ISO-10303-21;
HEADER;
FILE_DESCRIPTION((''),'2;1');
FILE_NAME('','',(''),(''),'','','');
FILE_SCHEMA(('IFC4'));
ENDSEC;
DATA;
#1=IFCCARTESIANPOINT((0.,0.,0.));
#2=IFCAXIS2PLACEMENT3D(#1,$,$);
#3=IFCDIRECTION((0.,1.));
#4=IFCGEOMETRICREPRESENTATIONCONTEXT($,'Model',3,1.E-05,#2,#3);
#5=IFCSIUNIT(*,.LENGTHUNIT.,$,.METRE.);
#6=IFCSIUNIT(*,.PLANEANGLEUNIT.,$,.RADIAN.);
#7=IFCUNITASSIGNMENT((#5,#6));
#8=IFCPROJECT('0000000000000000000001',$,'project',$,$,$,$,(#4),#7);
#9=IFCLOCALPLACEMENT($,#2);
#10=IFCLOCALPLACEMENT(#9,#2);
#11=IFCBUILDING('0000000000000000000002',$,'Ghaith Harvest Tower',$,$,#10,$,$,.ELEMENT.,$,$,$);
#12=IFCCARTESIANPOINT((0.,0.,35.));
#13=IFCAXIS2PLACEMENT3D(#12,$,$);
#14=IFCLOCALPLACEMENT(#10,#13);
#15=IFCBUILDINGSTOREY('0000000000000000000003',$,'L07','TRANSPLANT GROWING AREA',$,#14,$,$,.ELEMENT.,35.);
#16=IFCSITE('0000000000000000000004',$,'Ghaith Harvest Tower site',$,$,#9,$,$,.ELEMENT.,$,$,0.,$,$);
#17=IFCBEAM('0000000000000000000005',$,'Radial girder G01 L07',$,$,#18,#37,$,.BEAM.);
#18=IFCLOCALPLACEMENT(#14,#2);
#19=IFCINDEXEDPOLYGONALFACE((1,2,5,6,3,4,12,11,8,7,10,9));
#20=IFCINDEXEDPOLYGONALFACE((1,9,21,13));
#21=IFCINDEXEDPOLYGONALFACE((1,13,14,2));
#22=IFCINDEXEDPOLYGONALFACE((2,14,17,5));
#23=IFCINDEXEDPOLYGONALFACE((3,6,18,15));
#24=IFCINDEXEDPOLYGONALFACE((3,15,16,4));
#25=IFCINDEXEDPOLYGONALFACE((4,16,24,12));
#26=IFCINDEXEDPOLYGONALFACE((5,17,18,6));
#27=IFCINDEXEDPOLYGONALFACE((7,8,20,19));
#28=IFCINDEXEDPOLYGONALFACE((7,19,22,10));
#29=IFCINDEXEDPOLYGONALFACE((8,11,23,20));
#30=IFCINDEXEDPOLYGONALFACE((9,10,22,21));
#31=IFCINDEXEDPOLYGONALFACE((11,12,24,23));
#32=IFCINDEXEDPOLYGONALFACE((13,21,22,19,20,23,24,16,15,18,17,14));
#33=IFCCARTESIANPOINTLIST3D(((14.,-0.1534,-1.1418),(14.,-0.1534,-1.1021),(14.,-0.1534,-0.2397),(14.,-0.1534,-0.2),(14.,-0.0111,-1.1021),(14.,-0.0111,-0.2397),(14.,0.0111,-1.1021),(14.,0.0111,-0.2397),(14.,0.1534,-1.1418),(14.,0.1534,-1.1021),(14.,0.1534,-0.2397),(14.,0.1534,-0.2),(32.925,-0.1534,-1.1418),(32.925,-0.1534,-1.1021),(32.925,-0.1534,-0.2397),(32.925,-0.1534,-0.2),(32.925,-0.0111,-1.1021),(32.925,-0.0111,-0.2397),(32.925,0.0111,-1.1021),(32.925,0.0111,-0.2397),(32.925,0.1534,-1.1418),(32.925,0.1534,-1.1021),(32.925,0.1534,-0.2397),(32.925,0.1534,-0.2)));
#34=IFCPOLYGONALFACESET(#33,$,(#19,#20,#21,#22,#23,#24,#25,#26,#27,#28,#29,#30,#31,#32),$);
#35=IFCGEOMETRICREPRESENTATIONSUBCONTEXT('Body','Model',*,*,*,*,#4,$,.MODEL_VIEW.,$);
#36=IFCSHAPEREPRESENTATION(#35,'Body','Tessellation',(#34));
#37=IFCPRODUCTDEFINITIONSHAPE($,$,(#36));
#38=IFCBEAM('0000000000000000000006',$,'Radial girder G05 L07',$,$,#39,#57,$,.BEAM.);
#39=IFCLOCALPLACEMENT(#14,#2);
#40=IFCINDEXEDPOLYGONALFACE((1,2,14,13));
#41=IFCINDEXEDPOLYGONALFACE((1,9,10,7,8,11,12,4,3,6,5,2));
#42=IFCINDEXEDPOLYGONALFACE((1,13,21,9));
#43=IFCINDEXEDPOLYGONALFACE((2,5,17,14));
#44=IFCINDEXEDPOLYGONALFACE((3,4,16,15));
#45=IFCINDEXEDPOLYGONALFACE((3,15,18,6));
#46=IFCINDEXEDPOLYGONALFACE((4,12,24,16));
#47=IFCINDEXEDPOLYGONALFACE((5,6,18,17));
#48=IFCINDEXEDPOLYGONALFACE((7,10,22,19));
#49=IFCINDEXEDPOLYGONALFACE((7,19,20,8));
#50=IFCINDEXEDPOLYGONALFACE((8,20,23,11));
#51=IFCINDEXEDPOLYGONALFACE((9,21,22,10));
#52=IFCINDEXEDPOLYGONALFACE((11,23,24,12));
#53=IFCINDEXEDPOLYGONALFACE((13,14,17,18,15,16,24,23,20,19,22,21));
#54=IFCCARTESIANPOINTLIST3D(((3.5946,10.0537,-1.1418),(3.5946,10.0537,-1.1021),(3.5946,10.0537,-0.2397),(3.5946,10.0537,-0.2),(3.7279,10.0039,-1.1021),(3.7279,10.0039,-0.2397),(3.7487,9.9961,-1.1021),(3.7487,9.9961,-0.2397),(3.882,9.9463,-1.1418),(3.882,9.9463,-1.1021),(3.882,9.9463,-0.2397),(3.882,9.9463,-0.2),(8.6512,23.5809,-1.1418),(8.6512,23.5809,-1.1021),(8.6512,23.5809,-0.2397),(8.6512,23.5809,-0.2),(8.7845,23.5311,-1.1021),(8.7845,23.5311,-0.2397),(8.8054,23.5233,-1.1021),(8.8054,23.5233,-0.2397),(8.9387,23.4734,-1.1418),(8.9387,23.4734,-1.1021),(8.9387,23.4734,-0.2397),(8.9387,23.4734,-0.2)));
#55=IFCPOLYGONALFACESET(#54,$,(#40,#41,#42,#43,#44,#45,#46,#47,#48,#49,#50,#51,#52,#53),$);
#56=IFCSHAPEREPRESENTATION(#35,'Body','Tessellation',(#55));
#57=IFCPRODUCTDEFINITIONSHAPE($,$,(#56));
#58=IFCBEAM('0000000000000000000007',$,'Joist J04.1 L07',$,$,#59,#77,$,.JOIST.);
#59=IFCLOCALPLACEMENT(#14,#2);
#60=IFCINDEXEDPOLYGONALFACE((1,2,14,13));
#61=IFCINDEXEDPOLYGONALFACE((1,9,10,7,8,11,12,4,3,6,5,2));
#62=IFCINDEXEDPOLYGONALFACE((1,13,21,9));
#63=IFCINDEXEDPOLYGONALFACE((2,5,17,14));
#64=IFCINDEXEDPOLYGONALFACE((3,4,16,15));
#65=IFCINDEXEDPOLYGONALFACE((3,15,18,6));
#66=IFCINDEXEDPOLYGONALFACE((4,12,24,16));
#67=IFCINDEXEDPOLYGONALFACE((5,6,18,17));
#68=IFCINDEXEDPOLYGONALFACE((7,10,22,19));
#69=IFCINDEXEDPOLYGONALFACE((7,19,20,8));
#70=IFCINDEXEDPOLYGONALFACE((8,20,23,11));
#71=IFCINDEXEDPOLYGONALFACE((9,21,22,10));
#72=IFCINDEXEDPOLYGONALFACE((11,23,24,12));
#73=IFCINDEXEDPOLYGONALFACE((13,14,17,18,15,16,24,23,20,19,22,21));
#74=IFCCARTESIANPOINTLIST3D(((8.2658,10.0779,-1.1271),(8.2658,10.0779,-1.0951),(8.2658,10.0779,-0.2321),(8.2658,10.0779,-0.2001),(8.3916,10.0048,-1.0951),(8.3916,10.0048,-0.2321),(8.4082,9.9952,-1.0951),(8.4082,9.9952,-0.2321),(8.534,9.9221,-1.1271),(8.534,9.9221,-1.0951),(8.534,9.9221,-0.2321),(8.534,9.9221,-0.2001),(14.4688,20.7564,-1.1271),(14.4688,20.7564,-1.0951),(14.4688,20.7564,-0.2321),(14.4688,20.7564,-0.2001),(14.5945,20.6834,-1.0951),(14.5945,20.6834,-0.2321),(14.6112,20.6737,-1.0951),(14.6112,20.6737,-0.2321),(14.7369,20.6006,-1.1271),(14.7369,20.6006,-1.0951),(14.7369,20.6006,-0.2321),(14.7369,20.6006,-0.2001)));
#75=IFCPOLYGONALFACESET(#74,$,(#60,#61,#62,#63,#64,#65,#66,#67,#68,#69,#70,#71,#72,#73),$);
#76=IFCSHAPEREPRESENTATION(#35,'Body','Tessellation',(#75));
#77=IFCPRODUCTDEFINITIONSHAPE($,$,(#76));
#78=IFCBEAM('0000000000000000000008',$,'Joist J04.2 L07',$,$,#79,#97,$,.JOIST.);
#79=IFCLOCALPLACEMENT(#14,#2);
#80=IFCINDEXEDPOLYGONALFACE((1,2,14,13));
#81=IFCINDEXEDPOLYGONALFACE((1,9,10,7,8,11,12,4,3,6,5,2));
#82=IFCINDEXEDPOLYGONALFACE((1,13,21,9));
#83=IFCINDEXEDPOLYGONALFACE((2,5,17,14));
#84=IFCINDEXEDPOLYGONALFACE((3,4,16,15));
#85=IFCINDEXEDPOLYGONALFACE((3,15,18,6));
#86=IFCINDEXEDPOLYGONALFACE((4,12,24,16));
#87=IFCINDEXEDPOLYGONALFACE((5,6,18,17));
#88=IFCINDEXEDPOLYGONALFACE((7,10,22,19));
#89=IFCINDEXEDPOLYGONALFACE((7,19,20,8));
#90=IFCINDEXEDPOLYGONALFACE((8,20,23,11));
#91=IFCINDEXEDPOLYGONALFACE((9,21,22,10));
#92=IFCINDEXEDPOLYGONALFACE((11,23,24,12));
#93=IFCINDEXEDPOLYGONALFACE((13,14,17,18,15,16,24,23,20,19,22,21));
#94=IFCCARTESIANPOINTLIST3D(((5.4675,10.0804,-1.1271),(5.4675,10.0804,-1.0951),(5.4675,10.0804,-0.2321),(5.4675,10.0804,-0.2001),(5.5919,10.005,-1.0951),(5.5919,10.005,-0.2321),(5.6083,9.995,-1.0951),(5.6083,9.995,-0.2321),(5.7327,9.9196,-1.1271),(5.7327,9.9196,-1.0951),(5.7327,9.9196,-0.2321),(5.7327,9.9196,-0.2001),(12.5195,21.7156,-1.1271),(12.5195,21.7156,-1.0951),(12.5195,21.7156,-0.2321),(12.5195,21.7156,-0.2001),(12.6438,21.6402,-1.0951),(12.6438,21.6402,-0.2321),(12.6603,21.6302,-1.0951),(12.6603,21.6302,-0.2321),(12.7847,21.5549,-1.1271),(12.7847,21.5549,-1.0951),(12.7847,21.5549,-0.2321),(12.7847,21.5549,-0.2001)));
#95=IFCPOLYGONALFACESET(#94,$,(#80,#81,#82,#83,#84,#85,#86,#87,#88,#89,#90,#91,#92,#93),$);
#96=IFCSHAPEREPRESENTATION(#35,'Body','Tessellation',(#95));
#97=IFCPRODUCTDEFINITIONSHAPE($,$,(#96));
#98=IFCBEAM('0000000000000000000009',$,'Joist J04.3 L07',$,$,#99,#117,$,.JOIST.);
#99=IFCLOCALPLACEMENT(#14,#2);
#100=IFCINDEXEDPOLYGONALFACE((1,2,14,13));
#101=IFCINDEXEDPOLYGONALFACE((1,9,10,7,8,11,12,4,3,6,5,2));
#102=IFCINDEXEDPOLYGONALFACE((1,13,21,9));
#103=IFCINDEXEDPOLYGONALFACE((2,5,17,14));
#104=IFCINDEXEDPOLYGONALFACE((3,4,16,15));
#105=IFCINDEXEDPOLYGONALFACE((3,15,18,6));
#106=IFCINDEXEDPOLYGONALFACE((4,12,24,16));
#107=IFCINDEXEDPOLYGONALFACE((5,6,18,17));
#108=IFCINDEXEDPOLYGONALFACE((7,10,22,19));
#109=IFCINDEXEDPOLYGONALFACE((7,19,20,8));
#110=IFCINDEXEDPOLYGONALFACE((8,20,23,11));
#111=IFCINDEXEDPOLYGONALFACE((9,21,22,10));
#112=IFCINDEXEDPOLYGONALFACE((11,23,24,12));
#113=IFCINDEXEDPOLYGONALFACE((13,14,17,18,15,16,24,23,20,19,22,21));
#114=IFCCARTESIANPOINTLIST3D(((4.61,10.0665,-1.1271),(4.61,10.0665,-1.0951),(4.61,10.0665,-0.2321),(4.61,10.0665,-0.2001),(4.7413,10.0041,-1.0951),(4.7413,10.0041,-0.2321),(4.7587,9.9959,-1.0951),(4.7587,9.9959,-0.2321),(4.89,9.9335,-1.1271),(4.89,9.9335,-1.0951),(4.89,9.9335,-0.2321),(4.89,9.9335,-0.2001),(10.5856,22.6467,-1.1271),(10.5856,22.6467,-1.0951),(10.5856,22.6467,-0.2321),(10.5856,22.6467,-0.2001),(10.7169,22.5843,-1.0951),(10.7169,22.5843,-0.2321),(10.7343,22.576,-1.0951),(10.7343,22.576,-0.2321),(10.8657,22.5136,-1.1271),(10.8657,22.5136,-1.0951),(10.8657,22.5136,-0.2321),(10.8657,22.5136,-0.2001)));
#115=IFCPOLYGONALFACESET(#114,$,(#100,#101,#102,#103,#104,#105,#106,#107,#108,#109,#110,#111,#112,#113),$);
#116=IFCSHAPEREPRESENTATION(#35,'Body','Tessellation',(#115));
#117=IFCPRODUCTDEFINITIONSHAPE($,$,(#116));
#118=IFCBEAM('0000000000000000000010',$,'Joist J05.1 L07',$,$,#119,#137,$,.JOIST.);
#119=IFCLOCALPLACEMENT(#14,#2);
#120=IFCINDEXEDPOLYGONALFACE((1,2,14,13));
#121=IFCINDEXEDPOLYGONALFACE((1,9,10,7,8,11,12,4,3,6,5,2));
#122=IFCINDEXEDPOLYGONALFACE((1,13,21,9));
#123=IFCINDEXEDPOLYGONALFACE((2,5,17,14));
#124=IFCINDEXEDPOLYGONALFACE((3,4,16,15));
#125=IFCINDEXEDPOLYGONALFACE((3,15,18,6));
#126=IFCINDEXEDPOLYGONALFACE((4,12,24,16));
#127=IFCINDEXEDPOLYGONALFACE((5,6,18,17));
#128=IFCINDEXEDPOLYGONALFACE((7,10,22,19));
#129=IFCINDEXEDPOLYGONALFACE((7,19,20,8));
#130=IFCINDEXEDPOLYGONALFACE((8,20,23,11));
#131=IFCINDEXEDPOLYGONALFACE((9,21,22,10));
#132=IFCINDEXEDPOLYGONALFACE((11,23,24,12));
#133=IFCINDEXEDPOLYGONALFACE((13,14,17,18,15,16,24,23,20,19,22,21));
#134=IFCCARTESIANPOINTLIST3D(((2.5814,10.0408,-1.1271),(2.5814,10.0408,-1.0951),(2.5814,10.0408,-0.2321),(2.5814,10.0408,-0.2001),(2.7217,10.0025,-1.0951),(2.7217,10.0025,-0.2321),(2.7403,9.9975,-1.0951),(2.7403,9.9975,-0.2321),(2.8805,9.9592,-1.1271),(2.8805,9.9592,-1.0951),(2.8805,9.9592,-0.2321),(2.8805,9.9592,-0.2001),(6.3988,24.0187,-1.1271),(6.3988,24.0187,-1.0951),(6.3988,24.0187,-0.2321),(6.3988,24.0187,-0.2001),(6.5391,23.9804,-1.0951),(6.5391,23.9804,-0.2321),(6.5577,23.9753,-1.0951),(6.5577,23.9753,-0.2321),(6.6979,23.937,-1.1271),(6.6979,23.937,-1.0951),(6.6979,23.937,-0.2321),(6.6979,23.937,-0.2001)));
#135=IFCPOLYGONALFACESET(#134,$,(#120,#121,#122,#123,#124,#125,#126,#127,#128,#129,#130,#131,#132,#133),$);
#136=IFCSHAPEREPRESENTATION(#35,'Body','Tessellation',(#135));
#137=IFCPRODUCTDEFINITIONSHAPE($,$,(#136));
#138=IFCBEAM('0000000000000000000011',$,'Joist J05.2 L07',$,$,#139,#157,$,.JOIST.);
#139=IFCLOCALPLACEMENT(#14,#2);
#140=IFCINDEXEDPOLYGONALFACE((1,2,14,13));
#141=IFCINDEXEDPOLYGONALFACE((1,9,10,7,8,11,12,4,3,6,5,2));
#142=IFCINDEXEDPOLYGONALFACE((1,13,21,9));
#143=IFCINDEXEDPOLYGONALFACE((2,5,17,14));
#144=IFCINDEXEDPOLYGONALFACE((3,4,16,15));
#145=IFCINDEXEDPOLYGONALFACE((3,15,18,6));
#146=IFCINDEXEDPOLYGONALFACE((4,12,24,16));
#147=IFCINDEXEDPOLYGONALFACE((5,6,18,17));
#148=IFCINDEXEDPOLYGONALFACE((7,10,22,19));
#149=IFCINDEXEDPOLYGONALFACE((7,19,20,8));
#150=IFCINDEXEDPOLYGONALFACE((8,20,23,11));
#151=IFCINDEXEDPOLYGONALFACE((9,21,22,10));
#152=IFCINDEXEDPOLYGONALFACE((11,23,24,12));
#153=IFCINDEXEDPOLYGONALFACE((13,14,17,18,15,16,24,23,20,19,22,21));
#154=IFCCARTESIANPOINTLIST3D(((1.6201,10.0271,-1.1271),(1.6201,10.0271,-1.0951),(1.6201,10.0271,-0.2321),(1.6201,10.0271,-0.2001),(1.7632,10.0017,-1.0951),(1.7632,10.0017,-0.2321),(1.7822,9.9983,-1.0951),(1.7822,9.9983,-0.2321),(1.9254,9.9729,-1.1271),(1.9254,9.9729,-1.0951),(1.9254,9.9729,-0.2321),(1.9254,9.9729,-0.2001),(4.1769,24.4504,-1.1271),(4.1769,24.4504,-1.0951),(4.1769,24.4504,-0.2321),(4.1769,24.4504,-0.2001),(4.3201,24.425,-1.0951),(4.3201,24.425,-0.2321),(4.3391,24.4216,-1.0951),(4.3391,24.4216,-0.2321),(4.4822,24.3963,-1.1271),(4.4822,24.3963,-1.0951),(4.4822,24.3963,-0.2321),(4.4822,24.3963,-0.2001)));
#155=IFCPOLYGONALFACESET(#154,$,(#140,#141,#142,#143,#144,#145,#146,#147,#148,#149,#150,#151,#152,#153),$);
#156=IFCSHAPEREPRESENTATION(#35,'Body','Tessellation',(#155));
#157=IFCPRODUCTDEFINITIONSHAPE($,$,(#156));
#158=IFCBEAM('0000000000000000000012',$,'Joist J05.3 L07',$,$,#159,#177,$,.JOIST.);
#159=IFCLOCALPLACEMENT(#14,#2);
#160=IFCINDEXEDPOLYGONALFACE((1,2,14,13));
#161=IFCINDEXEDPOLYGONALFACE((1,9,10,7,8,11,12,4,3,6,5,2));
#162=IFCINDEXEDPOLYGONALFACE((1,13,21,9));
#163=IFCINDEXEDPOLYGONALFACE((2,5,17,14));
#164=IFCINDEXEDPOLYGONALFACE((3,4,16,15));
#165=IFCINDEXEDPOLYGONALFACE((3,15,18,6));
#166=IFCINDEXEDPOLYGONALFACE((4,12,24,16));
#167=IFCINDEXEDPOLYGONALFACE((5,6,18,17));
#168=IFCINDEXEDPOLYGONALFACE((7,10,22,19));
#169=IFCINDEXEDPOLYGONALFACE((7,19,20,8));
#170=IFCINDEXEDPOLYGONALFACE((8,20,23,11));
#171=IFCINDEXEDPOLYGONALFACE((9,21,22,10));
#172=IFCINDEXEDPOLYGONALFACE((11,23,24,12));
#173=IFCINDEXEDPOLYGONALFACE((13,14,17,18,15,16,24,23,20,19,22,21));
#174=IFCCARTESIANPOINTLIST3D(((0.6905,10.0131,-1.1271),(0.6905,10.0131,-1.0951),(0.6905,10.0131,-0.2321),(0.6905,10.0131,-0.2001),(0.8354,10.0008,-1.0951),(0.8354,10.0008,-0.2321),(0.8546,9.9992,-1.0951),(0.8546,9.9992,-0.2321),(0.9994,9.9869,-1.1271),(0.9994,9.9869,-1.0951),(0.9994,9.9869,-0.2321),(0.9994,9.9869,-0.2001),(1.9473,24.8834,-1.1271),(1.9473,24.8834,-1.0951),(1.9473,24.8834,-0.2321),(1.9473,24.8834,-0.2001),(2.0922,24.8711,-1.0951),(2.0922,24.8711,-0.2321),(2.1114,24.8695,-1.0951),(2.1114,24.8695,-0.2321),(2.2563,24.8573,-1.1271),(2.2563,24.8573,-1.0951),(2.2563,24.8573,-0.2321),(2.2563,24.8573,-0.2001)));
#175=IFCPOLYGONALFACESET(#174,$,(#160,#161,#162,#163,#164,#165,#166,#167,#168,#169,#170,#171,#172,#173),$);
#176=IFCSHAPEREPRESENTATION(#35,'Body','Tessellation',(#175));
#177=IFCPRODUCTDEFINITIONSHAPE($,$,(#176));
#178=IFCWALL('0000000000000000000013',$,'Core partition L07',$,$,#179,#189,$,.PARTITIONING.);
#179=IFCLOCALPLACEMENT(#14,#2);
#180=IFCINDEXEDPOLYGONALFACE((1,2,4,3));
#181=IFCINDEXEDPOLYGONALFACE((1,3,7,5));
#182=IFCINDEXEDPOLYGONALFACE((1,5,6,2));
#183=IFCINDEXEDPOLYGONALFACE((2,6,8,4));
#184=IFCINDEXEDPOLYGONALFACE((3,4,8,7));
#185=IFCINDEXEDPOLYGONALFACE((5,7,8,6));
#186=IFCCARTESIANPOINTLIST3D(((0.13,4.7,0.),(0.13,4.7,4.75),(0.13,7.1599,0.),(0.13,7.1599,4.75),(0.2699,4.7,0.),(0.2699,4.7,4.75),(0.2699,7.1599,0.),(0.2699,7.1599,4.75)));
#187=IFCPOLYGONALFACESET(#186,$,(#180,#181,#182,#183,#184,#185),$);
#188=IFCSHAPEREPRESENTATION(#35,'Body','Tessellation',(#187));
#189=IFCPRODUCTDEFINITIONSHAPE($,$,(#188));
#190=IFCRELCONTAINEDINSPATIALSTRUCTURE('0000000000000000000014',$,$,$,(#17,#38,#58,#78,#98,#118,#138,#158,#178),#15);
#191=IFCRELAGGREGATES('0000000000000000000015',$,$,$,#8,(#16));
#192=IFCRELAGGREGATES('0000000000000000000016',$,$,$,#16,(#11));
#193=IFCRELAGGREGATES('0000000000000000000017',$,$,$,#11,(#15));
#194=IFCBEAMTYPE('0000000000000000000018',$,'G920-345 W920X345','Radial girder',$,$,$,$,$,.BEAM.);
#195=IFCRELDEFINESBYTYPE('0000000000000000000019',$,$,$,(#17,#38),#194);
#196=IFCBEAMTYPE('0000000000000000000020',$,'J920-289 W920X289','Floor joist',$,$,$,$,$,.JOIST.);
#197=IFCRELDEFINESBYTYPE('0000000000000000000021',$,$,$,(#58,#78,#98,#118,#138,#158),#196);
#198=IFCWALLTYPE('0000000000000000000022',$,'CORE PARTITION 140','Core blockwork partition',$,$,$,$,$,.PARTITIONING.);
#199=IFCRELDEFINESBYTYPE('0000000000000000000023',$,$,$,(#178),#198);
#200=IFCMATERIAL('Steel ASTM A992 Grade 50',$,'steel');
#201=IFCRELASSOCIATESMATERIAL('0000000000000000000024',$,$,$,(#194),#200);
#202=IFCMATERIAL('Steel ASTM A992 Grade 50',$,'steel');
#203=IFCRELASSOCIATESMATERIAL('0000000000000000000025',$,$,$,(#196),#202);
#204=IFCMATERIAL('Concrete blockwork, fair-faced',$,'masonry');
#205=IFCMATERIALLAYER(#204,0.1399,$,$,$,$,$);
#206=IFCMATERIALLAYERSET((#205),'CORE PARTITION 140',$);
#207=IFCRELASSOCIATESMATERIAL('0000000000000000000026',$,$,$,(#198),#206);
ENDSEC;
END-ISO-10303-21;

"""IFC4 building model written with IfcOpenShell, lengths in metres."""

from ifc_helpers import new_model, si_unit, direction, frame, frame_2d, origin, origin_2d, place, context, subcontext, project, spatial, rectangle, i_section, extrude, material, layer, layer_set, material_profile, profile_set, type_object, element, save


model = new_model("IFC4")

# Units and contexts
model_context = context("Model", 3, precision=1e-05, world=origin(), true_north=direction((0.0, 1.0)))
body_context = subcontext(model_context, "Body", "Model", "MODEL_VIEW")
ifc_project = project(units=[si_unit("LENGTHUNIT", "METRE"), si_unit("PLANEANGLEUNIT", "RADIAN")], contexts=[model_context])

# Site, building, storey
site_placement = place(None, origin())
site = spatial("IfcSite", under=ifc_project, at=site_placement, Name="Ghaith Harvest Tower site", CompositionType="ELEMENT", RefElevation=0.0)
building_placement = place(site_placement, origin())
building = spatial("IfcBuilding", under=site, at=building_placement, Name="Ghaith Harvest Tower", CompositionType="ELEMENT")
storey_placement = place(building_placement, frame((0.0, 0.0, 35.0)))
storey = spatial("IfcBuildingStorey", under=building, at=storey_placement, Name="L07", Description="TRANSPLANT GROWING AREA", CompositionType="ELEMENT", Elevation=35.0)

# Beams
ifc_material_1 = material(Name="Steel ASTM A992 Grade 50", Category="steel")
ifc_material_profile_1 = material_profile(ifc_material_1, i_section(OverallWidth=0.3069, OverallDepth=0.9419, WebThickness=0.0222, FlangeThickness=0.0398, at=origin_2d()), Name="W920X345")
ifc_profile_set_1 = profile_set([ifc_material_profile_1], Name="Steel ASTM A992 Grade 50")
beam_type_1 = type_object("IfcBeamType", Name="G920-345 W920X345", Description="Radial girder", PredefinedType="BEAM", material=ifc_profile_set_1)
beam_1_placement = place(storey_placement, frame((14.0, 0.0, -0.6709), z_axis=(1.0, 0.0, 0.0), x_axis=(0.0, 1.0, 0.0)))
element("IfcBeam", 1, at=beam_1_placement, inside=storey, type_object=beam_type_1, Name="Radial girder G01 L07", PredefinedType="BEAM", context=body_context, shape_type="SweptSolid", body=[
    extrude(i_section(OverallWidth=0.3069, OverallDepth=0.9419, WebThickness=0.0222, FlangeThickness=0.0398, at=origin_2d()), origin(), (0.0, 0.0, 1.0), 18.925),
])
beam_2_placement = place(storey_placement, frame((3.7383, 10.0, -0.6709), z_axis=(0.350151, 0.936693, 0.0), x_axis=(-0.936693, 0.350151, 0.0)))
element("IfcBeam", 2, at=beam_2_placement, inside=storey, type_object=beam_type_1, Name="Radial girder G05 L07", PredefinedType="BEAM", context=body_context, shape_type="SweptSolid", body=[
    extrude(i_section(OverallWidth=0.3069, OverallDepth=0.9419, WebThickness=0.0222, FlangeThickness=0.0398, at=origin_2d()), origin(), (0.0, 0.0, 1.0), 14.4414),
])
ifc_material_2 = material(Name="Steel ASTM A992 Grade 50", Category="steel")
ifc_material_profile_2 = material_profile(ifc_material_2, i_section(OverallWidth=0.3101, OverallDepth=0.927, WebThickness=0.0193, FlangeThickness=0.032, at=origin_2d()), Name="W920X289")
ifc_profile_set_2 = profile_set([ifc_material_profile_2], Name="Steel ASTM A992 Grade 50")
beam_type_2 = type_object("IfcBeamType", Name="J920-289 W920X289", Description="Floor joist", PredefinedType="JOIST", material=ifc_profile_set_2)
beam_3_placement = place(storey_placement, frame((8.3999, 10.0, -0.6636), z_axis=(0.502286, 0.864702, 0.0), x_axis=(-0.864702, 0.502286, 0.0)))
element("IfcBeam", 3, at=beam_3_placement, inside=storey, type_object=beam_type_2, Name="Joist J04.1 L07", PredefinedType="JOIST", context=body_context, shape_type="SweptSolid", body=[
    extrude(i_section(OverallWidth=0.3101, OverallDepth=0.927, WebThickness=0.0193, FlangeThickness=0.032, at=origin_2d()), origin(), (0.0, 0.0, 1.0), 12.3494),
])
beam_4_placement = place(storey_placement, frame((5.6001, 10.0, -0.6636), z_axis=(0.51832, 0.855187, 0.0), x_axis=(-0.855187, 0.51832, 0.0)))
element("IfcBeam", 4, at=beam_4_placement, inside=storey, type_object=beam_type_2, Name="Joist J04.2 L07", PredefinedType="JOIST", context=body_context, shape_type="SweptSolid", body=[
    extrude(i_section(OverallWidth=0.3101, OverallDepth=0.927, WebThickness=0.0193, FlangeThickness=0.032, at=origin_2d()), origin(), (0.0, 0.0, 1.0), 13.6055),
])
beam_5_placement = place(storey_placement, frame((4.75, 10.0, -0.6636), z_axis=(0.42906, 0.903276, 0.0), x_axis=(-0.903276, 0.42906, 0.0)))
element("IfcBeam", 5, at=beam_5_placement, inside=storey, type_object=beam_type_2, Name="Joist J04.3 L07", PredefinedType="JOIST", context=body_context, shape_type="SweptSolid", body=[
    extrude(i_section(OverallWidth=0.3101, OverallDepth=0.927, WebThickness=0.0193, FlangeThickness=0.032, at=origin_2d()), origin(), (0.0, 0.0, 1.0), 13.9272),
])
beam_6_placement = place(storey_placement, frame((2.731, 10.0, -0.6636), z_axis=(0.263455, 0.964672, 0.0), x_axis=(-0.964672, 0.263455, 0.0)))
element("IfcBeam", 6, at=beam_6_placement, inside=storey, type_object=beam_type_2, Name="Joist J05.1 L07", PredefinedType="JOIST", context=body_context, shape_type="SweptSolid", body=[
    extrude(i_section(OverallWidth=0.3101, OverallDepth=0.927, WebThickness=0.0193, FlangeThickness=0.032, at=origin_2d()), origin(), (0.0, 0.0, 1.0), 14.4897),
])
beam_7_placement = place(storey_placement, frame((1.7727, 10.0, -0.6636), z_axis=(0.174553, 0.984648, 0.0), x_axis=(-0.984648, 0.174553, 0.0)))
element("IfcBeam", 7, at=beam_7_placement, inside=storey, type_object=beam_type_2, Name="Joist J05.2 L07", PredefinedType="JOIST", context=body_context, shape_type="SweptSolid", body=[
    extrude(i_section(OverallWidth=0.3101, OverallDepth=0.927, WebThickness=0.0193, FlangeThickness=0.032, at=origin_2d()), origin(), (0.0, 0.0, 1.0), 14.6482),
])
beam_8_placement = place(storey_placement, frame((0.845, 10.0, -0.6636), z_axis=(0.084219, 0.996447, 0.0), x_axis=(-0.996447, 0.084219, 0.0)))
element("IfcBeam", 8, at=beam_8_placement, inside=storey, type_object=beam_type_2, Name="Joist J05.3 L07", PredefinedType="JOIST", context=body_context, shape_type="SweptSolid", body=[
    extrude(i_section(OverallWidth=0.3101, OverallDepth=0.927, WebThickness=0.0193, FlangeThickness=0.032, at=origin_2d()), origin(), (0.0, 0.0, 1.0), 14.9233),
])

# Wall
ifc_material_3 = material(Name="Concrete blockwork, fair-faced", Category="masonry")
ifc_layer_1 = layer(ifc_material_3, 0.1399)
ifc_layer_set_1 = layer_set([ifc_layer_1], Name="CORE PARTITION 140")
wall_type_1 = type_object("IfcWallType", Name="CORE PARTITION 140", Description="Core blockwork partition", PredefinedType="PARTITIONING", material=ifc_layer_set_1)
for number, where, z_axis, x_axis, name in (
    (9, (0.2, 4.7, 0.0), (0.0, 0.0, 1.0), (0.0, 1.0, 0.0), "Core partition L07"),
):
    element("IfcWall", number, at=place(storey_placement, frame(where, z_axis=z_axis, x_axis=x_axis)), inside=storey, type_object=wall_type_1, Name=name, PredefinedType="PARTITIONING", context=body_context, shape_type="SweptSolid", body=[
        extrude(rectangle(XDim=2.46, YDim=0.1399, at=frame_2d((1.23, 0.0))), origin(), (0.0, 0.0, 1.0), 4.75),
    ])

save(model, "model.ifc")
